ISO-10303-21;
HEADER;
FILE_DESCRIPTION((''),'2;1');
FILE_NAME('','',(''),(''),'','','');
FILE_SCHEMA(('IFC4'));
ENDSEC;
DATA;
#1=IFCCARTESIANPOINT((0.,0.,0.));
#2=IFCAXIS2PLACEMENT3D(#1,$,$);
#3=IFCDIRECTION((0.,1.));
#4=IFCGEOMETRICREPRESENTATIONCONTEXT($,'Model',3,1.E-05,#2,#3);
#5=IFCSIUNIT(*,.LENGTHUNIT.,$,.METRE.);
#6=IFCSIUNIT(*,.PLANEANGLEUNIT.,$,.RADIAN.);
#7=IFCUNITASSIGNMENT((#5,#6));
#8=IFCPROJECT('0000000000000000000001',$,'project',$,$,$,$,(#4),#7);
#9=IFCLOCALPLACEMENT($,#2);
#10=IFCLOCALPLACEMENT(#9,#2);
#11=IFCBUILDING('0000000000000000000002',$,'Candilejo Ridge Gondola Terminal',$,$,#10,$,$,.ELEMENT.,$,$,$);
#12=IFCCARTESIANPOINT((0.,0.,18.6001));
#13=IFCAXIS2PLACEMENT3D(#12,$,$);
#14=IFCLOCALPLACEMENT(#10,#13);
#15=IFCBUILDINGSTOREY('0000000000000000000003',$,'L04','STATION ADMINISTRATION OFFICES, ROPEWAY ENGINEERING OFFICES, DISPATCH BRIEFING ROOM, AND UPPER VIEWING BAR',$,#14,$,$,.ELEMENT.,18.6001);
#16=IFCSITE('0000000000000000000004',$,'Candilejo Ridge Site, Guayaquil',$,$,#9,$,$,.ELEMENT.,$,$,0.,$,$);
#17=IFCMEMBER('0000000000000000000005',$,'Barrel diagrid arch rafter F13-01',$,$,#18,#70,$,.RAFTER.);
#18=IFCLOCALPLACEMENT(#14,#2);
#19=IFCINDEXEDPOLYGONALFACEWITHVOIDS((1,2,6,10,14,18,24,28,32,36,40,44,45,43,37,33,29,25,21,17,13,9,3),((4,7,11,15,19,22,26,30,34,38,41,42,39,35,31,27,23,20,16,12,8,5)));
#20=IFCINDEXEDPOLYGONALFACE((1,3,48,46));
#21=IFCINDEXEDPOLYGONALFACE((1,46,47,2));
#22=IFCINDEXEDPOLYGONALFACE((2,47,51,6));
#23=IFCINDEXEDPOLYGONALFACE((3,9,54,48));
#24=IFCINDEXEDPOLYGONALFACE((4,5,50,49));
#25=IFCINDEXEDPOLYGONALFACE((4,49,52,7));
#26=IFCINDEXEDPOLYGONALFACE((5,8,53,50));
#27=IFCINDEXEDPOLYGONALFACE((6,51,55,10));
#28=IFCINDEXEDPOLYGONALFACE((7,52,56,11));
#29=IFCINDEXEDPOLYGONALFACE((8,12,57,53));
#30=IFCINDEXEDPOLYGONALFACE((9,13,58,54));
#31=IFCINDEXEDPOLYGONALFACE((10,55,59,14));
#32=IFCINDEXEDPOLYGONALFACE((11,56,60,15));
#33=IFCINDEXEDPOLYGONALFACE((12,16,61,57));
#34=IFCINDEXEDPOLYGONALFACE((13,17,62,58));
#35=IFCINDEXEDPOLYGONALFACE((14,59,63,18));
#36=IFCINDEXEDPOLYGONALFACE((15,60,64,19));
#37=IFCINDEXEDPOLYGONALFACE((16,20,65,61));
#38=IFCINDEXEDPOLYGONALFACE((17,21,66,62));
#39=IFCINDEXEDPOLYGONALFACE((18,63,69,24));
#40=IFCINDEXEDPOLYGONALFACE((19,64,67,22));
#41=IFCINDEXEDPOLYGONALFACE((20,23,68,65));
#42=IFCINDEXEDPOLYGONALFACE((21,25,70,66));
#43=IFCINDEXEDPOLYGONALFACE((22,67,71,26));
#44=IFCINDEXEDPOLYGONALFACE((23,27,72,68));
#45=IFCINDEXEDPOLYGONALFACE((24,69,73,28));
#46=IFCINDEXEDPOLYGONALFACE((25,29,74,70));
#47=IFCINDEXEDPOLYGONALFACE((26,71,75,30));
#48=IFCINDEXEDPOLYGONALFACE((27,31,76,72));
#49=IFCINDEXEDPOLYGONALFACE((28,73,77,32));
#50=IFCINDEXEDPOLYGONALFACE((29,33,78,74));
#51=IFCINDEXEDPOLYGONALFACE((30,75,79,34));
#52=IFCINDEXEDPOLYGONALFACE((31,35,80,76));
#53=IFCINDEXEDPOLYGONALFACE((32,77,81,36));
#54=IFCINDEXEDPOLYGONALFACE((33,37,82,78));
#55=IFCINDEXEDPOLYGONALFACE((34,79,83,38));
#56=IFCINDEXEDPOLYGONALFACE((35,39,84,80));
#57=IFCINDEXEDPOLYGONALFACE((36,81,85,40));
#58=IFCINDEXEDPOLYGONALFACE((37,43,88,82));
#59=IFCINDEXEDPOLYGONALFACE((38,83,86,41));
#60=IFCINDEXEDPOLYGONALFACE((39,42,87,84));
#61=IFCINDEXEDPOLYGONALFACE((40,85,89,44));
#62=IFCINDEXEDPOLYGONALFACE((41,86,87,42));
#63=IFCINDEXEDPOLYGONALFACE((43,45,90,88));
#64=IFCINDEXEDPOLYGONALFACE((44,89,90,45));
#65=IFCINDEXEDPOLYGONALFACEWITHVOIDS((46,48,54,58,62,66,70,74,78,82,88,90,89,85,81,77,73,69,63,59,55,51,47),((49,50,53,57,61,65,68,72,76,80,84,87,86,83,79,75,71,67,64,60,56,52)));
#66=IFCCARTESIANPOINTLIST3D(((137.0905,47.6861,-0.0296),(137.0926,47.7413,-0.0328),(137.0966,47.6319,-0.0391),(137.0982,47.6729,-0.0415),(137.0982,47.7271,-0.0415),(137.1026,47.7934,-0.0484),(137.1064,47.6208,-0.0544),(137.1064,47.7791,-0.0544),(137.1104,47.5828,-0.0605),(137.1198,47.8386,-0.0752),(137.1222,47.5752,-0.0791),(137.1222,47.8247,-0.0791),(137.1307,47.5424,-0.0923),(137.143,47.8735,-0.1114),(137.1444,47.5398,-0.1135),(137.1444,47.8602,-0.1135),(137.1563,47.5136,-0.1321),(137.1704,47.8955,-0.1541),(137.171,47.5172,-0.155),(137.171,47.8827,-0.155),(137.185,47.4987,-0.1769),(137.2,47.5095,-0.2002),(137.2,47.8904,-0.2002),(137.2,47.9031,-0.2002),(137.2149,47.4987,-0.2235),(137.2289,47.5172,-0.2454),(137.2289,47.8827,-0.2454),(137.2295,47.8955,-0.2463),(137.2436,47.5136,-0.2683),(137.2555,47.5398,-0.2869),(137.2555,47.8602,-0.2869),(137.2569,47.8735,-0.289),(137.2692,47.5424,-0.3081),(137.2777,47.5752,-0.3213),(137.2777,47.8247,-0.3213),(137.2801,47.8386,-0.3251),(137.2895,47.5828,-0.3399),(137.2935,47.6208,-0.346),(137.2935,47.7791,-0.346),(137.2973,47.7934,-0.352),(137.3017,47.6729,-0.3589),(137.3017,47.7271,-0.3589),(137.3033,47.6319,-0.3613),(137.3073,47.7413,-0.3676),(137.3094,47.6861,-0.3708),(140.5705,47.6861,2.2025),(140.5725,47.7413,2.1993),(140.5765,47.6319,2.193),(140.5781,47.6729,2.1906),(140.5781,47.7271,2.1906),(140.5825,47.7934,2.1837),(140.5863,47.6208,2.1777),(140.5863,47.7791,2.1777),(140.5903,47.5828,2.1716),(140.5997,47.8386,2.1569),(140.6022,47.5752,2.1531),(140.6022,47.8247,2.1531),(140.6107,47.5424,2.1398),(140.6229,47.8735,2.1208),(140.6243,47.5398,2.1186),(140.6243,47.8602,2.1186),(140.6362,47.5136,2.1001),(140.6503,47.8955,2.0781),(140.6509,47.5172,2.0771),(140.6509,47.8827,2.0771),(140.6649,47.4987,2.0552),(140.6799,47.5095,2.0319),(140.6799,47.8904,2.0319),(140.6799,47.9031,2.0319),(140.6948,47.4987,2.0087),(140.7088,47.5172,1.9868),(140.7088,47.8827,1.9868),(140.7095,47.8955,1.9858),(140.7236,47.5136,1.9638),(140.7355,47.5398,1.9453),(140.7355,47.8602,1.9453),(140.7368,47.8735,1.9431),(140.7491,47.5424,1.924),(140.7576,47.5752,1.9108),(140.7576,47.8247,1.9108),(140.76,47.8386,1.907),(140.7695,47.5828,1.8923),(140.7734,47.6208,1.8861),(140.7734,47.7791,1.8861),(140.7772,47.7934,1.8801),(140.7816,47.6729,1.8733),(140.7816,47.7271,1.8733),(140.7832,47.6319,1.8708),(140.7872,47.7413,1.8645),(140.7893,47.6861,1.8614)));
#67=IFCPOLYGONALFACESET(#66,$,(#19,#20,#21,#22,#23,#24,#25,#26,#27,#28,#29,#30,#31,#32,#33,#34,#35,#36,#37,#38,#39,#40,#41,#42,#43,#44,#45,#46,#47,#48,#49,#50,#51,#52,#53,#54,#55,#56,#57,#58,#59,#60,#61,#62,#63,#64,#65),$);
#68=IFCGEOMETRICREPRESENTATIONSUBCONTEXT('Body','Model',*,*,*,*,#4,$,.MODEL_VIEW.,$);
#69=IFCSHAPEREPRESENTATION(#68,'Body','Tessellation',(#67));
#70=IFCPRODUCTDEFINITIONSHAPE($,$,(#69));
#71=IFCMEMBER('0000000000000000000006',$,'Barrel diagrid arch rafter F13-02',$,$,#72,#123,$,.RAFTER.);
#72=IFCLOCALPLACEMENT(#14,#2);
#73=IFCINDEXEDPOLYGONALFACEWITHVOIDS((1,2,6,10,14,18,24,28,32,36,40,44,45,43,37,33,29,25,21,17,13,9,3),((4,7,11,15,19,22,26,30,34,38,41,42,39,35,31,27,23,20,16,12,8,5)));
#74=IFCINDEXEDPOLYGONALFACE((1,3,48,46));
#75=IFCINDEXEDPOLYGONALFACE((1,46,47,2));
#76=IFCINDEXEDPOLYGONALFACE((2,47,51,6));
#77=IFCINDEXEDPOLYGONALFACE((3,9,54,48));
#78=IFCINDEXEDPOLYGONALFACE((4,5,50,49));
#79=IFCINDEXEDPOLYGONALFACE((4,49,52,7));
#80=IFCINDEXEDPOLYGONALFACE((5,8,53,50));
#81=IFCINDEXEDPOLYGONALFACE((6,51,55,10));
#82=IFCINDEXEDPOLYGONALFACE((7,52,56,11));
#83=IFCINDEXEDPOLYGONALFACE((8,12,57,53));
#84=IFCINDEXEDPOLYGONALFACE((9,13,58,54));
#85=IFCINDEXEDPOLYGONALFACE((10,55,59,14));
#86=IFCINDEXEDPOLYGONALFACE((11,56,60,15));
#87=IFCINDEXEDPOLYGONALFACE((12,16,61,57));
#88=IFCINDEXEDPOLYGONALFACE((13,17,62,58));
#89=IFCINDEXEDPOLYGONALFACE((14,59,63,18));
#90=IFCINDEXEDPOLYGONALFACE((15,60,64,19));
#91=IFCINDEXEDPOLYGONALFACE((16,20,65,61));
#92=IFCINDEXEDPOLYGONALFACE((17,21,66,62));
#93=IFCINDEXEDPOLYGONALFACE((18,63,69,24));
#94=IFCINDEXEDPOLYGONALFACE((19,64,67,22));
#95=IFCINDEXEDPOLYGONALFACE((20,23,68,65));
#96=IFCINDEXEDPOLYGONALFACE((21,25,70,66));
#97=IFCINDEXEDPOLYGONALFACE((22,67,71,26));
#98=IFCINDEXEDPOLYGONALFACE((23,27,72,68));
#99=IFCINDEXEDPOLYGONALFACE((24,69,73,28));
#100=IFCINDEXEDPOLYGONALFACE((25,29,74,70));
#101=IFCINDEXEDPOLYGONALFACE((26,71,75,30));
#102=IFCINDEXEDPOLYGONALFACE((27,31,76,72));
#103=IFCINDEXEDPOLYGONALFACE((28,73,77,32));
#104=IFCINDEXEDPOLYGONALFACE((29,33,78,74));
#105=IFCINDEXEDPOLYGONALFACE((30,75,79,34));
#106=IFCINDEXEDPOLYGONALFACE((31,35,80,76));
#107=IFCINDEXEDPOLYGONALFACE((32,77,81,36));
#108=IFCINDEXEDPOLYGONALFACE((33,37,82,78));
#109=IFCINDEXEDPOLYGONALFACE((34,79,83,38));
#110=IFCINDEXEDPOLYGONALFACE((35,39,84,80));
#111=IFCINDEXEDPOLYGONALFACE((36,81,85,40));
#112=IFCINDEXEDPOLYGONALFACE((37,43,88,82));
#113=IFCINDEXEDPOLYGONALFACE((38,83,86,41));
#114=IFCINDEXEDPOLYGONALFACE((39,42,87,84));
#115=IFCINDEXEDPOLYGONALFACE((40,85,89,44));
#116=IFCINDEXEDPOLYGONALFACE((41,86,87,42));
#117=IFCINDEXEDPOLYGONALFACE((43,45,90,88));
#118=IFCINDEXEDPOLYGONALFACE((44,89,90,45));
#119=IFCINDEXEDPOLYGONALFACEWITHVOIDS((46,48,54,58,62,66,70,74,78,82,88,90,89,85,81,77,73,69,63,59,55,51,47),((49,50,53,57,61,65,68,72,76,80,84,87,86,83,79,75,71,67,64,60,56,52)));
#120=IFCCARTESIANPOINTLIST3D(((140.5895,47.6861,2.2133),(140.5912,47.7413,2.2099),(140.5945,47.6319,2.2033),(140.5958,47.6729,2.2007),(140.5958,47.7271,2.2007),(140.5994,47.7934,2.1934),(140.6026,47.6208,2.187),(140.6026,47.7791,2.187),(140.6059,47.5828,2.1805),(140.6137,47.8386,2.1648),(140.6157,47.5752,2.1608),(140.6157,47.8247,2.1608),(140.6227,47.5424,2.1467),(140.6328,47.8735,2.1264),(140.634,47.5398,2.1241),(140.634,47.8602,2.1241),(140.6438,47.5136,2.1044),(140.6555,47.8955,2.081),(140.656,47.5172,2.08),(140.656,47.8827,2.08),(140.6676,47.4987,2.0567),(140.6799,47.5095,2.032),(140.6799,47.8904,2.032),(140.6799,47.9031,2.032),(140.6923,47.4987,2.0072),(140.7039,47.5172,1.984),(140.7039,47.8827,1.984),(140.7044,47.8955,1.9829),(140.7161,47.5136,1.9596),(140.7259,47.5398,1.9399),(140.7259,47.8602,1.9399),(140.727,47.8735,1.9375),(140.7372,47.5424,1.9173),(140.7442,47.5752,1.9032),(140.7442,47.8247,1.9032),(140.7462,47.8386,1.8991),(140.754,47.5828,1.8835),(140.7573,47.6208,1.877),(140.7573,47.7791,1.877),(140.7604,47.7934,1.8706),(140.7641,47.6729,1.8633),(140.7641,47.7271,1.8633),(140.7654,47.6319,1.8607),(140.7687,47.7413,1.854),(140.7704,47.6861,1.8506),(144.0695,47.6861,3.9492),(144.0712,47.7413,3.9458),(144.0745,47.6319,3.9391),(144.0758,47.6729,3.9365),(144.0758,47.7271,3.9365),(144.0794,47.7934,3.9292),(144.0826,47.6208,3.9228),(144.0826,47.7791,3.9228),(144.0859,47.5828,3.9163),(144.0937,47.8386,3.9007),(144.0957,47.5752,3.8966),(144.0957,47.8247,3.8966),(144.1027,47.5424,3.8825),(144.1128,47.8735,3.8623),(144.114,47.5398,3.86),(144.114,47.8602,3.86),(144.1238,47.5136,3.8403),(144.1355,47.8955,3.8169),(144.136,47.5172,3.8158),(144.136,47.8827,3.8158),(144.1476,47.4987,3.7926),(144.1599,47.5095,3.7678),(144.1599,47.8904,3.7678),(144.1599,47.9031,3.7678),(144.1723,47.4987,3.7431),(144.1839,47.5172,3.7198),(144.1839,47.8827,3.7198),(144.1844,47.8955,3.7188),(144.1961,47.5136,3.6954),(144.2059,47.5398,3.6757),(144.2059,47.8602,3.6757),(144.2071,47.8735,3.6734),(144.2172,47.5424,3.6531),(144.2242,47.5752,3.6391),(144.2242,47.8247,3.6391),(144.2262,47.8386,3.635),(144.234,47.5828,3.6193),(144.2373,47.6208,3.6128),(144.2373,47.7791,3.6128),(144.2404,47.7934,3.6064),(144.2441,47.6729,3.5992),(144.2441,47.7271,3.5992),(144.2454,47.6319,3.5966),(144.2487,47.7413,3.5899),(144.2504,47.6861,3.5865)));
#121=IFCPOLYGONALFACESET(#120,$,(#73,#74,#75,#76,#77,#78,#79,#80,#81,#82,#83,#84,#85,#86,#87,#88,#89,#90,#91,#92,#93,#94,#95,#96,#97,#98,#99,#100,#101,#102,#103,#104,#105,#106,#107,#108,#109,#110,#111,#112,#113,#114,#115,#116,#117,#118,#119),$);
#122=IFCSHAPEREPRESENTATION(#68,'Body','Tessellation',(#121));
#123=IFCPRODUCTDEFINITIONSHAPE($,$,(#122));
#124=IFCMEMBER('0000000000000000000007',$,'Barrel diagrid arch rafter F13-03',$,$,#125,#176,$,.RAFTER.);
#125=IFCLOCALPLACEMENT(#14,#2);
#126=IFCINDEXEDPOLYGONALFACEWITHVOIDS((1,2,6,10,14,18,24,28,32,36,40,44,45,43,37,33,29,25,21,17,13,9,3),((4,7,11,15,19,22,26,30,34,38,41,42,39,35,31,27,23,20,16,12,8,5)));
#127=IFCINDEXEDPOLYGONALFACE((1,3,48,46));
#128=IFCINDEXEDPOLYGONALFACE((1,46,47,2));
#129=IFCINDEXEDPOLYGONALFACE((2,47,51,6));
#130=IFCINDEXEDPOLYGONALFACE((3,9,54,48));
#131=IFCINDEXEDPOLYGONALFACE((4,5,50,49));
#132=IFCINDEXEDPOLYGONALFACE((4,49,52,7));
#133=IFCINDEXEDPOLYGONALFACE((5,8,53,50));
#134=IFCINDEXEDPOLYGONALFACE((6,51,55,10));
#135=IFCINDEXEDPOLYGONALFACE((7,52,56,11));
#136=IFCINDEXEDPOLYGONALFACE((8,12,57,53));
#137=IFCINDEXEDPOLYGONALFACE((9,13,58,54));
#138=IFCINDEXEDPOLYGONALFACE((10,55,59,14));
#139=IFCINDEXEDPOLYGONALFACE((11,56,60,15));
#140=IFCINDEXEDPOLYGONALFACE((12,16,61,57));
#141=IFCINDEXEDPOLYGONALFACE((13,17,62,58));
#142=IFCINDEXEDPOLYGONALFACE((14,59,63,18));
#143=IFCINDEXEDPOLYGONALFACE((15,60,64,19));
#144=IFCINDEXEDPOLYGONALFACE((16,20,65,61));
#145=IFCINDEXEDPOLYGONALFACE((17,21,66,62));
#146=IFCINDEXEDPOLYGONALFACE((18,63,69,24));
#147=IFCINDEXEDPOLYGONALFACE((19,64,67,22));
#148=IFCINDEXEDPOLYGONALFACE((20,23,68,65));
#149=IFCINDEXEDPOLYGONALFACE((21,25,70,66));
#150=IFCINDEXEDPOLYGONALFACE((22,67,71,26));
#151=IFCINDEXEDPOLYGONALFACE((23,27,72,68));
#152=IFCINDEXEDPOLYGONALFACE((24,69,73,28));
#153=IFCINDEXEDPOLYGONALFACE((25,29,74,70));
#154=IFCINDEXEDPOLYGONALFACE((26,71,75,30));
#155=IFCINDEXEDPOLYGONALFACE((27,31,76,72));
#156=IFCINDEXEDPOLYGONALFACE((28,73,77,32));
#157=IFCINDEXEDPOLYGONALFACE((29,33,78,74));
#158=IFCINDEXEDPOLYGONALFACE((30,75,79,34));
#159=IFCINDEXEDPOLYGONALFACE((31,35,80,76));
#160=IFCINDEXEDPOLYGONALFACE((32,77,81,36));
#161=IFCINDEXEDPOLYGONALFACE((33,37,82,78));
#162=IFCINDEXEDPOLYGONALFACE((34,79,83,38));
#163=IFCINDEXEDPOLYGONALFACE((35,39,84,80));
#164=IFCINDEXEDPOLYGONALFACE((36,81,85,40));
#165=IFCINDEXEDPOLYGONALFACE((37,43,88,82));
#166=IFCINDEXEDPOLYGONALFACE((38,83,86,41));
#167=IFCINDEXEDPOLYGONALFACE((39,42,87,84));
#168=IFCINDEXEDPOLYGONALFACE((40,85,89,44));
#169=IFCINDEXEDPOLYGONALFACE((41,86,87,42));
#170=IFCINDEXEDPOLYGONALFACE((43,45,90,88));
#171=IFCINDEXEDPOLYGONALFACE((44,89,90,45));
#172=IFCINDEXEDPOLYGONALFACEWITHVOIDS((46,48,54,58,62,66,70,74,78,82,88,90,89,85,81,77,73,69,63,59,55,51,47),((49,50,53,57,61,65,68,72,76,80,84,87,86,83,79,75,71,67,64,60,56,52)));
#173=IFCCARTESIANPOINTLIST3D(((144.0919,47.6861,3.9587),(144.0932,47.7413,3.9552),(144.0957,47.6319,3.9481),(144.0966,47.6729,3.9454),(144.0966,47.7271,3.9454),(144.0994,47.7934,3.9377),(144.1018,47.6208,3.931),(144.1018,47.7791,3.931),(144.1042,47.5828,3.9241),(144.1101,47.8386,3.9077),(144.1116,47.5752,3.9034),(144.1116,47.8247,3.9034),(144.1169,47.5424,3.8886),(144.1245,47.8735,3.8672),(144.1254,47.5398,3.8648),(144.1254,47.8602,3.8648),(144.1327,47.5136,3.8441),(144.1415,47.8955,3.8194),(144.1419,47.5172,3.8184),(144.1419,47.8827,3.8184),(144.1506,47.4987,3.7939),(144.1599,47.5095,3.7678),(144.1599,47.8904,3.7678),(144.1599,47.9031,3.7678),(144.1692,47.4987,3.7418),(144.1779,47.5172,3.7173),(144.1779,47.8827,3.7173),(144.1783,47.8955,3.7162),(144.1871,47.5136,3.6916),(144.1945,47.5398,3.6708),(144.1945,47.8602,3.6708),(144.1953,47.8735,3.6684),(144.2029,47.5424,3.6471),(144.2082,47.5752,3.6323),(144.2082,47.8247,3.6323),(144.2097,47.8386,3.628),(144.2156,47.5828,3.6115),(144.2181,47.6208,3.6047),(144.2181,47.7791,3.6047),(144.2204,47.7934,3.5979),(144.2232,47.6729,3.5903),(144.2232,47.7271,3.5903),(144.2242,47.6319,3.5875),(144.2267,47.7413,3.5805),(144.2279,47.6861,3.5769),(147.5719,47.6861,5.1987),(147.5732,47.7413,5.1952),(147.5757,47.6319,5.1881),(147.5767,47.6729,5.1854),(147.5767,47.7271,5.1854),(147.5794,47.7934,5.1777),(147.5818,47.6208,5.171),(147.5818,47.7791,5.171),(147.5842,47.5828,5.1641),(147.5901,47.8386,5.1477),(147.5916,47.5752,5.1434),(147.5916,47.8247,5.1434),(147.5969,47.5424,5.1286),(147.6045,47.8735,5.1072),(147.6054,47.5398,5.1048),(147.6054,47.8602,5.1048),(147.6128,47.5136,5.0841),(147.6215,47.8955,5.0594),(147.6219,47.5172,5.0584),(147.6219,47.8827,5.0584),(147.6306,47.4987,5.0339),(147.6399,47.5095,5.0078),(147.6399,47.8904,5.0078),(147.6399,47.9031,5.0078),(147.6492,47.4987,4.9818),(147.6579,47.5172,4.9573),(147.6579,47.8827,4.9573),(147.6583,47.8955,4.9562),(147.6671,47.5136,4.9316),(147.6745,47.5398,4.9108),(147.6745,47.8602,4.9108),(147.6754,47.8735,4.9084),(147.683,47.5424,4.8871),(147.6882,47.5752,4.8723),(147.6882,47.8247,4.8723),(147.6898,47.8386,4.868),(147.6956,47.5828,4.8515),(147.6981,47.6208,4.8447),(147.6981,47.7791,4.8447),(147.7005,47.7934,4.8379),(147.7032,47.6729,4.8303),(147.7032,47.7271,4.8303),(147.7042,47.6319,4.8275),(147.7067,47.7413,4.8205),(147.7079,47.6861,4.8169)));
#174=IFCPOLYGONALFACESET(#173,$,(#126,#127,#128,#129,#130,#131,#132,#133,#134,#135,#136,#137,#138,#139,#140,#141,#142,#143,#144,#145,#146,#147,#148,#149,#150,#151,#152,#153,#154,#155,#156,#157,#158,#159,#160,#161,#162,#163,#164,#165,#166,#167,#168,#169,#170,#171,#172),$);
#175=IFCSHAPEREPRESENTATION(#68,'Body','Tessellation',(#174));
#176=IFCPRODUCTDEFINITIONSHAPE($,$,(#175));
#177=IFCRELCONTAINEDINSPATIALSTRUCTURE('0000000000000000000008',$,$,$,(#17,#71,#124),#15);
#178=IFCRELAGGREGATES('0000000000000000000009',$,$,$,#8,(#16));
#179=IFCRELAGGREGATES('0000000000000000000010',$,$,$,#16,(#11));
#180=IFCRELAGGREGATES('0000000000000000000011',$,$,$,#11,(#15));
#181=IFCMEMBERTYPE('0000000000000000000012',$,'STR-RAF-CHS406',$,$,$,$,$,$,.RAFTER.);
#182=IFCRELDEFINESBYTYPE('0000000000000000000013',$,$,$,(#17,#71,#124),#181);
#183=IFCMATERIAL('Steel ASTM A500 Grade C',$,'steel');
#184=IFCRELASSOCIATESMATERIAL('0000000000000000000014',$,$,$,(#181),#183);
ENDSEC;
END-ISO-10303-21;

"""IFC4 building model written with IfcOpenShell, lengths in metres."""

from ifc_helpers import new_model, si_unit, direction, frame, origin, origin_2d, place, context, subcontext, project, spatial, hollow_circle, extrude, material, material_profile, profile_set, type_object, element, save


model = new_model("IFC4")

# Units and contexts
model_context = context("Model", 3, precision=1e-05, world=origin(), true_north=direction((0.0, 1.0)))
body_context = subcontext(model_context, "Body", "Model", "MODEL_VIEW")
ifc_project = project(units=[si_unit("LENGTHUNIT", "METRE"), si_unit("PLANEANGLEUNIT", "RADIAN")], contexts=[model_context])

# Site, building, storey
site_placement = place(None, origin())
site = spatial("IfcSite", under=ifc_project, at=site_placement, Name="Candilejo Ridge Site, Guayaquil", CompositionType="ELEMENT", RefElevation=0.0)
building_placement = place(site_placement, origin())
building = spatial("IfcBuilding", under=site, at=building_placement, Name="Candilejo Ridge Gondola Terminal", CompositionType="ELEMENT")
storey_placement = place(building_placement, frame((0.0, 0.0, 18.6001)))
storey = spatial("IfcBuildingStorey", under=building, at=storey_placement, Name="L04", Description="STATION ADMINISTRATION OFFICES, ROPEWAY ENGINEERING OFFICES, DISPATCH BRIEFING ROOM, AND UPPER VIEWING BAR", CompositionType="ELEMENT", Elevation=18.6001)

# Members
ifc_material_1 = material(Name="Steel ASTM A500 Grade C", Category="steel")
ifc_material_profile_1 = material_profile(ifc_material_1, hollow_circle(Radius=0.2031, WallThickness=0.0127, at=origin_2d()))
ifc_profile_set_1 = profile_set([ifc_material_profile_1], Name="Steel ASTM A500 Grade C")
member_type_1 = type_object("IfcMemberType", Name="STR-RAF-CHS406", PredefinedType="RAFTER", material=ifc_profile_set_1)
member_1_placement = place(storey_placement, frame((137.2, 47.7, -0.2002), z_axis=(0.841723, 0.0, 0.53991), x_axis=(0.0, 1.0, 0.0)))
element("IfcMember", 1, at=member_1_placement, inside=storey, type_object=member_type_1, Name="Barrel diagrid arch rafter F13-01", PredefinedType="RAFTER", context=body_context, shape_type="SweptSolid", body=[
    extrude(hollow_circle(Radius=0.2031, WallThickness=0.0127, at=origin_2d()), origin(), (0.0, 0.0, 1.0), 4.1343),
])
member_2_placement = place(storey_placement, frame((140.6799, 47.7, 2.032), z_axis=(0.894854, 0.0, 0.44636), x_axis=(0.0, 1.0, 0.0)))
element("IfcMember", 2, at=member_2_placement, inside=storey, type_object=member_type_1, Name="Barrel diagrid arch rafter F13-02", PredefinedType="RAFTER", context=body_context, shape_type="SweptSolid", body=[
    extrude(hollow_circle(Radius=0.2031, WallThickness=0.0127, at=origin_2d()), origin(), (0.0, 0.0, 1.0), 3.8889),
])
member_3_placement = place(storey_placement, frame((144.1599, 47.7, 3.7678), z_axis=(0.941987, 0.0, 0.33565), x_axis=(0.0, 1.0, 0.0)))
element("IfcMember", 3, at=member_3_placement, inside=storey, type_object=member_type_1, Name="Barrel diagrid arch rafter F13-03", PredefinedType="RAFTER", context=body_context, shape_type="SweptSolid", body=[
    extrude(hollow_circle(Radius=0.2031, WallThickness=0.0127, at=origin_2d()), origin(), (0.0, 0.0, 1.0), 3.6943),
])

save(model, "model.ifc")
